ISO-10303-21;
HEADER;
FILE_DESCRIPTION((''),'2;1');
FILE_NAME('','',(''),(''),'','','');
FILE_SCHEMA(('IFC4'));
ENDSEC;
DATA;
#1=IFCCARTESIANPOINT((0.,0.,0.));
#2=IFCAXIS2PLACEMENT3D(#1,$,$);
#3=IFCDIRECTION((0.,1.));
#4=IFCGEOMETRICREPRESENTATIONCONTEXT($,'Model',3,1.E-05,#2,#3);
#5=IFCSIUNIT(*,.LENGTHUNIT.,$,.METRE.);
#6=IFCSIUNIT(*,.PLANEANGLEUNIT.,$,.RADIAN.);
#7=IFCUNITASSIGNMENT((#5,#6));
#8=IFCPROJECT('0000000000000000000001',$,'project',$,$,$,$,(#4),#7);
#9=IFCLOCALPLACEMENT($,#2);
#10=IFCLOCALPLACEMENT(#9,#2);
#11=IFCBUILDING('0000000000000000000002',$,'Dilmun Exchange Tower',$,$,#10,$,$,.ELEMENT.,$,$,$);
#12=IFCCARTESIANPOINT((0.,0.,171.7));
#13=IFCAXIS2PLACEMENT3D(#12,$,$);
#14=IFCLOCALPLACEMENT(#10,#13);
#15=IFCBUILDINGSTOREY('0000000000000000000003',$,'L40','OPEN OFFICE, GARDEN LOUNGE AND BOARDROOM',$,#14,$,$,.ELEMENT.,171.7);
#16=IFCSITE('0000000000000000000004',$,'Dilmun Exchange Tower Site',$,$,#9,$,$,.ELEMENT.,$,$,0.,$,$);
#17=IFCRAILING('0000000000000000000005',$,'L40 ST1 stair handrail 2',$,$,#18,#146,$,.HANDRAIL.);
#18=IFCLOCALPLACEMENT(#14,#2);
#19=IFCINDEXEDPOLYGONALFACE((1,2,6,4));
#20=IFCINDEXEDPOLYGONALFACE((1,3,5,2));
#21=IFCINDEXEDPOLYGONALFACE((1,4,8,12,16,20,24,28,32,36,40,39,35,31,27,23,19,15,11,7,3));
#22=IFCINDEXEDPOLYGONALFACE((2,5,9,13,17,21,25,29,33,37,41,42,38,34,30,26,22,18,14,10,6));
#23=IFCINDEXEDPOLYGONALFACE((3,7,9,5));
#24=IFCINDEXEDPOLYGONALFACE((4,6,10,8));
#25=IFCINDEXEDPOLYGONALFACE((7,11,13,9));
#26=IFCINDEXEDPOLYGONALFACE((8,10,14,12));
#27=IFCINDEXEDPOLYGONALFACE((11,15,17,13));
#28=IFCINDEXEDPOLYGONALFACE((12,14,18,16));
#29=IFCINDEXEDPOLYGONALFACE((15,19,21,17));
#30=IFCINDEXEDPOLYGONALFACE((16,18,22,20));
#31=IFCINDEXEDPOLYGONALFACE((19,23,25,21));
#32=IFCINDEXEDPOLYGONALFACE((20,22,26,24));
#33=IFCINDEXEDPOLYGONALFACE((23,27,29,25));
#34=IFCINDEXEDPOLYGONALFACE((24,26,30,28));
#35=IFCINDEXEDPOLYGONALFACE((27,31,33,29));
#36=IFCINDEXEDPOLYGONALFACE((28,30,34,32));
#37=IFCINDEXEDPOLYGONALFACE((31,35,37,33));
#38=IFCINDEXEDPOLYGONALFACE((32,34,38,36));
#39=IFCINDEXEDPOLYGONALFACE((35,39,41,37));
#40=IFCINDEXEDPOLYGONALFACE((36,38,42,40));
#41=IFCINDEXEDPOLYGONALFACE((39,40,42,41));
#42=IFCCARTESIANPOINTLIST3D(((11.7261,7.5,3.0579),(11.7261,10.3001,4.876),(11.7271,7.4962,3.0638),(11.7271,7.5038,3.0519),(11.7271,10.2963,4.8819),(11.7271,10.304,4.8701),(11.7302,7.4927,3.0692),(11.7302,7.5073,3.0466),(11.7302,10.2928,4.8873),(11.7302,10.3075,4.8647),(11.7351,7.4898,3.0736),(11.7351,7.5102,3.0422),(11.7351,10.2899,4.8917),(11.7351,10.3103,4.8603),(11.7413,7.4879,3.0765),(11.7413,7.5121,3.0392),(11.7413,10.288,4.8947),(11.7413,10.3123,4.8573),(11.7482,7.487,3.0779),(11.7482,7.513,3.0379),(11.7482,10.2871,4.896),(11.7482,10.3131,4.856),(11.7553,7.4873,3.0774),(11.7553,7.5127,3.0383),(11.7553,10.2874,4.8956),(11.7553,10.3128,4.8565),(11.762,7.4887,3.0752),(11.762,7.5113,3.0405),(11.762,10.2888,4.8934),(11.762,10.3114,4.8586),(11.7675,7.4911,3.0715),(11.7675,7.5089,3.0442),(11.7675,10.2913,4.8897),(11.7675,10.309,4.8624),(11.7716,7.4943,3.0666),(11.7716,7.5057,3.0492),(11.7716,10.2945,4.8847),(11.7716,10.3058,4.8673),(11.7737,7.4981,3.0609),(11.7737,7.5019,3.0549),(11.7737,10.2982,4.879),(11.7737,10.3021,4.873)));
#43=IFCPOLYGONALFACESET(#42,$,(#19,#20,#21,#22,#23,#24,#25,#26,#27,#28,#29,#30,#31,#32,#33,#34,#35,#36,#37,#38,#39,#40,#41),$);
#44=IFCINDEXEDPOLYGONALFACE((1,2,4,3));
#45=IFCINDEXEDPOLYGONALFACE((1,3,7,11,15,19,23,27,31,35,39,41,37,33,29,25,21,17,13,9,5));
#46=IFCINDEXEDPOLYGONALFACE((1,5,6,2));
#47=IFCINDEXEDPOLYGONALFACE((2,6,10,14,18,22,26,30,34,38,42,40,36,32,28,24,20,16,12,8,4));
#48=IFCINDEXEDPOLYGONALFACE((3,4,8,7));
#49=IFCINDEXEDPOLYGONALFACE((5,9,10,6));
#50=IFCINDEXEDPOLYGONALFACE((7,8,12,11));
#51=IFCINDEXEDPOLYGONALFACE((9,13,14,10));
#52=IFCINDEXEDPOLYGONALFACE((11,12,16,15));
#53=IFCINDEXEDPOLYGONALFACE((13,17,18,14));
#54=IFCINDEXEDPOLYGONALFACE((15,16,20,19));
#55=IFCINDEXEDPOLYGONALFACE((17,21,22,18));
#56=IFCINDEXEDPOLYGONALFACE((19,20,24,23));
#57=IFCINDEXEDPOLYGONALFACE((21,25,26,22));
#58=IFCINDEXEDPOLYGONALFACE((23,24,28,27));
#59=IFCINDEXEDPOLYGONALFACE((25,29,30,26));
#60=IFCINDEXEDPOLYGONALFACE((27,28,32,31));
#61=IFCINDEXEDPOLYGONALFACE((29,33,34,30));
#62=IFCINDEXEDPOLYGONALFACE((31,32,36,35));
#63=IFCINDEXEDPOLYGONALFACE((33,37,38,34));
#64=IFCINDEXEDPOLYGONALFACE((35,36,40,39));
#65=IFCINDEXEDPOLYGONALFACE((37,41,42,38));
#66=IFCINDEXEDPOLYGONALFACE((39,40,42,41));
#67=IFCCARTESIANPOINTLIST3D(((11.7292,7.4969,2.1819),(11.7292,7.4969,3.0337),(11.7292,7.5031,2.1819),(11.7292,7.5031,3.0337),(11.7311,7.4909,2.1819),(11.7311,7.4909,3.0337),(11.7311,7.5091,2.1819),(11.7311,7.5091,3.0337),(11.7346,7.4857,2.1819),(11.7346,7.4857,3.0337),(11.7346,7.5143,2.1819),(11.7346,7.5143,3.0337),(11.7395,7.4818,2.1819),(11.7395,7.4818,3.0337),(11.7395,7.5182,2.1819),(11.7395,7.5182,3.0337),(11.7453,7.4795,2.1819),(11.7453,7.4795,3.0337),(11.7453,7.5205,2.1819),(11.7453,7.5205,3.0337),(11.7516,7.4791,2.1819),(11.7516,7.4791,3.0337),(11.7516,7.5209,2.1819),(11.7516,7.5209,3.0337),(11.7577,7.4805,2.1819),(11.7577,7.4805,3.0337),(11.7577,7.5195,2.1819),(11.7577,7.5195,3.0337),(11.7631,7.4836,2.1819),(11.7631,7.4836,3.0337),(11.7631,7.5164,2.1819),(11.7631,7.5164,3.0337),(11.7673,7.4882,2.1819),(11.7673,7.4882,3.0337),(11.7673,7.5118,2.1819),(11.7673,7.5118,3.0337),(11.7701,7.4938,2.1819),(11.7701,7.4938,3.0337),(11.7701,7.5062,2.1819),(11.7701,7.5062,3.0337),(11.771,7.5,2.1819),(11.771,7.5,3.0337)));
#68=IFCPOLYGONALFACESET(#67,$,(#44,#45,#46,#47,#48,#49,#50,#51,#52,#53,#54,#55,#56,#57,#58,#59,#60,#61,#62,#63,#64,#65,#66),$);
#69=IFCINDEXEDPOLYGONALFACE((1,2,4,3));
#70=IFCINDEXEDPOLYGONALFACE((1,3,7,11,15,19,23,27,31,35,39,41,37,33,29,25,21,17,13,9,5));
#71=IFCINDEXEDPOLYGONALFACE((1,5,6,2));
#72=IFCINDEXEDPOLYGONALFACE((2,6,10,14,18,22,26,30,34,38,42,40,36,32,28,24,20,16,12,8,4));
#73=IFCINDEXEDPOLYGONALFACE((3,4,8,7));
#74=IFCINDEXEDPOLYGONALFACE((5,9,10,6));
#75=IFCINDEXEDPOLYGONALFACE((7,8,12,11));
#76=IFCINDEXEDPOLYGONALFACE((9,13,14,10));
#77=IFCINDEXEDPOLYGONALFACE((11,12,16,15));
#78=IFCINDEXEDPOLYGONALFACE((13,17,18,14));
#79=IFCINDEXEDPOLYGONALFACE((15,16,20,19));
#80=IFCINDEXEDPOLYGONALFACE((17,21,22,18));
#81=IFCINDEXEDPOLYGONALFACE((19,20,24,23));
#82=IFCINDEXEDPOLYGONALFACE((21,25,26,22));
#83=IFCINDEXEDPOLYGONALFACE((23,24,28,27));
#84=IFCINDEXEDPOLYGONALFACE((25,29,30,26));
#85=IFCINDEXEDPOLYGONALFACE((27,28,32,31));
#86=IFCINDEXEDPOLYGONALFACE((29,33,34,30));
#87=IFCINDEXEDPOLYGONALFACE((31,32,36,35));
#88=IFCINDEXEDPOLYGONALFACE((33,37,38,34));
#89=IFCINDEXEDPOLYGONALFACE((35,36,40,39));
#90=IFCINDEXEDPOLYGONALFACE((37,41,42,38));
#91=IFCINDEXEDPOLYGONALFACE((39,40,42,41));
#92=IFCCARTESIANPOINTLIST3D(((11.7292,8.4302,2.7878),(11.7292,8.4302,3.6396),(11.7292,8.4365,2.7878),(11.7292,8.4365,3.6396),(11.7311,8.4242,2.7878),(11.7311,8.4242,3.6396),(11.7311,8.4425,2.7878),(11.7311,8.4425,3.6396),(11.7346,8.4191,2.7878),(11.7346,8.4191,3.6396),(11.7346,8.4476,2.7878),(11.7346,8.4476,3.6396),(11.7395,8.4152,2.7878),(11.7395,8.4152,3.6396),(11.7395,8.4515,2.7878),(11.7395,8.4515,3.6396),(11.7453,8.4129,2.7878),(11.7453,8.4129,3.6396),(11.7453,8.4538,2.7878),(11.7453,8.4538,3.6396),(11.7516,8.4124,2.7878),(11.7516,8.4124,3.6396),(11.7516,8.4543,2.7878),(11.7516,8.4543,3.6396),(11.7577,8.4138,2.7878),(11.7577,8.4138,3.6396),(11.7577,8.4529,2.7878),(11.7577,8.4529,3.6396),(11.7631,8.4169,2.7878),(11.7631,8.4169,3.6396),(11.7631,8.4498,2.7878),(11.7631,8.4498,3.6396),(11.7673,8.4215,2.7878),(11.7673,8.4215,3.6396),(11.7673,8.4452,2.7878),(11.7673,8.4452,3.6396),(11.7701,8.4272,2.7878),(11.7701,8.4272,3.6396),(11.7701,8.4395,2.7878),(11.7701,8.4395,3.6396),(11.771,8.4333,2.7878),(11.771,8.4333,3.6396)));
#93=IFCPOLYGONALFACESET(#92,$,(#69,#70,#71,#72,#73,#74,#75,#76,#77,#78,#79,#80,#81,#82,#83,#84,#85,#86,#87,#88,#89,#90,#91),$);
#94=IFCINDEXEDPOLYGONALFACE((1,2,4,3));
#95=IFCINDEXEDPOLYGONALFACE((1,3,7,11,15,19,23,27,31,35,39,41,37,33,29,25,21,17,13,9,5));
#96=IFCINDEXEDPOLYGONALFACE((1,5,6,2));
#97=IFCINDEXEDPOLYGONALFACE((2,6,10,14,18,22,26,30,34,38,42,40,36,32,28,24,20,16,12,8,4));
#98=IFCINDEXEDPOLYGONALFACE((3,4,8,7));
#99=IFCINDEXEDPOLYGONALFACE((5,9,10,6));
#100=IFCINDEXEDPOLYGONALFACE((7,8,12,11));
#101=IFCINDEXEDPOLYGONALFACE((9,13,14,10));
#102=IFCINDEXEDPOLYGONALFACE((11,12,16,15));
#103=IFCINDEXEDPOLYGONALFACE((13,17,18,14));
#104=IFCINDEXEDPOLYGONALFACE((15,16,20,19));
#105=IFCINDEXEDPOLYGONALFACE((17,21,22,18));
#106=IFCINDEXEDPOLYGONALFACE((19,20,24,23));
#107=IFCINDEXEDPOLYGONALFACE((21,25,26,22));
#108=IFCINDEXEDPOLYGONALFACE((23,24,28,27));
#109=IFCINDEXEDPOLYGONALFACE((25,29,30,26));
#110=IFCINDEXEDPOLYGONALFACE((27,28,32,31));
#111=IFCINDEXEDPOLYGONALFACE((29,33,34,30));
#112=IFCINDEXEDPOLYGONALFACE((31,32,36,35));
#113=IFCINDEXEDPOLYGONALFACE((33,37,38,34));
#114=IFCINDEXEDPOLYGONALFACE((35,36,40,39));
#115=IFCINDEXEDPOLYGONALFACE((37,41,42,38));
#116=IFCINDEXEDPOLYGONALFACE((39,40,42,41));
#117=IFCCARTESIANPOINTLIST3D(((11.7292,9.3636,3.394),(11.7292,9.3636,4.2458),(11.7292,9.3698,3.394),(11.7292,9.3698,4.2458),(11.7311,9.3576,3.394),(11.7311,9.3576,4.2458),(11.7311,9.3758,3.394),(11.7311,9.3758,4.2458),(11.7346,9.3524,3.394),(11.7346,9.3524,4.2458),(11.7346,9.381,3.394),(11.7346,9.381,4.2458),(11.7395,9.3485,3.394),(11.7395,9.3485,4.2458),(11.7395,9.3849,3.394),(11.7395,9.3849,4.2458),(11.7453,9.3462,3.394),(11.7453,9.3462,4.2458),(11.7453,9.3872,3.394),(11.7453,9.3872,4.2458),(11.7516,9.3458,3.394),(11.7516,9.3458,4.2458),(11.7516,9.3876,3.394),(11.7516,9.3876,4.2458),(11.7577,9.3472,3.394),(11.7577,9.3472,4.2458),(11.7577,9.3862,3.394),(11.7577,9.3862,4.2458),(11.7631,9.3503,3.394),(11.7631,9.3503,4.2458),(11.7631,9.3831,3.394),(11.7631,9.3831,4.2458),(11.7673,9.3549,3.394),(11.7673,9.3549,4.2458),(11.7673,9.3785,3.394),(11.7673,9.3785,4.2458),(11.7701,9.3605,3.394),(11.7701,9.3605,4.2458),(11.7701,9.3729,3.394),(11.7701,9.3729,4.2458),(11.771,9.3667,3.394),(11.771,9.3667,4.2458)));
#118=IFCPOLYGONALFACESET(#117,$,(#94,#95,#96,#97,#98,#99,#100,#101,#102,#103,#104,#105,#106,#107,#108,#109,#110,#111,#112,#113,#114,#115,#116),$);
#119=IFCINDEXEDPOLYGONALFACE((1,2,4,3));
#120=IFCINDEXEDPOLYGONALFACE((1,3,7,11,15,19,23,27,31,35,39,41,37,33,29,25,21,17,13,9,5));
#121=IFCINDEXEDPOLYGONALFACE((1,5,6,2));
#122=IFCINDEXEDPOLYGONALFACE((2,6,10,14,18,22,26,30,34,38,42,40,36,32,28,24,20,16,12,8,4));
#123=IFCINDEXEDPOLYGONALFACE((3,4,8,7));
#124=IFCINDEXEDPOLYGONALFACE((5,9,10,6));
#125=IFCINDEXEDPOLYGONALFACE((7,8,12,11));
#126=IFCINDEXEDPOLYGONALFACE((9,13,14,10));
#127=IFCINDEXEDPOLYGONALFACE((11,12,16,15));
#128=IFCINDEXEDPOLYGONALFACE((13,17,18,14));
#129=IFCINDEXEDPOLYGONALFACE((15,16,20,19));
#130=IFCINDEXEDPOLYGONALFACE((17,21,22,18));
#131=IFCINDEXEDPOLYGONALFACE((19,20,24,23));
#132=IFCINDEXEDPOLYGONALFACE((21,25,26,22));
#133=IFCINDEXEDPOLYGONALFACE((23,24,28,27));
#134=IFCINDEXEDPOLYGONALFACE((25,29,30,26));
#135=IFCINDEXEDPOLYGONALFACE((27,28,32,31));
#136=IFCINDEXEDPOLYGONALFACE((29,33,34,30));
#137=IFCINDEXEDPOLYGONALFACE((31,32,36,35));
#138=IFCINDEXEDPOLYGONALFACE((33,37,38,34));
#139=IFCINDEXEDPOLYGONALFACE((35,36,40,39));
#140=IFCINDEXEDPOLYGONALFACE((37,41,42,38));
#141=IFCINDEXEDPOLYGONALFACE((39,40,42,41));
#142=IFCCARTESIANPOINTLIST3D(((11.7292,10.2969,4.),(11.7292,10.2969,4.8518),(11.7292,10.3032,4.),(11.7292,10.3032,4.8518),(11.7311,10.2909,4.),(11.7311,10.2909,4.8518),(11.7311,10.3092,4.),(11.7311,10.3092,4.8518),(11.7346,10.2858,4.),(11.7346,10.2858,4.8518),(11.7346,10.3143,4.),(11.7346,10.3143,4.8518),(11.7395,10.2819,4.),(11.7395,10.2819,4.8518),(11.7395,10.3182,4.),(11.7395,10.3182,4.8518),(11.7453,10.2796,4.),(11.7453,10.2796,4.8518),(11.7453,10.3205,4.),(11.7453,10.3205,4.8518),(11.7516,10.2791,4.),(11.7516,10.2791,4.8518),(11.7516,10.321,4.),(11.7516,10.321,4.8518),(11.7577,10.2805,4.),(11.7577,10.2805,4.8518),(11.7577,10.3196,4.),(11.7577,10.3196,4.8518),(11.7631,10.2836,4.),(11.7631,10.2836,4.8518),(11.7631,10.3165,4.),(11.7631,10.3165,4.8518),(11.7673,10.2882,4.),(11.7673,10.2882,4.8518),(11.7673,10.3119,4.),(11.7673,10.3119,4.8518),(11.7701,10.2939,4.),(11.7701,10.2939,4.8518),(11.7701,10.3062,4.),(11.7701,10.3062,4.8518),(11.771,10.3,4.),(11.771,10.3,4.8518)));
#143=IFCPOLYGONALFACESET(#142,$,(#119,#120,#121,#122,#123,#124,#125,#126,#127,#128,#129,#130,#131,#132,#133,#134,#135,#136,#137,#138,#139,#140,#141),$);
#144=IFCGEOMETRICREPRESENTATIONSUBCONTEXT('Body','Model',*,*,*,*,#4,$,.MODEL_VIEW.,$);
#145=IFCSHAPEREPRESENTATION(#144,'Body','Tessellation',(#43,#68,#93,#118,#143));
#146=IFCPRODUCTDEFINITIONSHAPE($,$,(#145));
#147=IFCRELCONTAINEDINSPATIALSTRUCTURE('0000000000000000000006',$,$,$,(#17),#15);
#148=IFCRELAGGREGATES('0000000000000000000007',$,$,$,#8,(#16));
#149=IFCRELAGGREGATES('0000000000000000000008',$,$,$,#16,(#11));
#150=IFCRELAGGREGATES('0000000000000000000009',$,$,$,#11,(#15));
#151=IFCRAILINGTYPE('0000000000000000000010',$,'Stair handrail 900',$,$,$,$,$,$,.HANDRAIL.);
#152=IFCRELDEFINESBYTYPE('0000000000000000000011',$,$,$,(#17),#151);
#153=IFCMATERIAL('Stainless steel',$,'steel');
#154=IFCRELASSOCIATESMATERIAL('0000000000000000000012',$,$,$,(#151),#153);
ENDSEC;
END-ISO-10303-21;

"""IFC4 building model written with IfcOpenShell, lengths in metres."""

from ifc_helpers import new_model, si_unit, direction, frame, origin, origin_2d, place, context, subcontext, project, spatial, circle, extrude, material, type_object, element, save


model = new_model("IFC4")

# Units and contexts
model_context = context("Model", 3, precision=1e-05, world=origin(), true_north=direction((0.0, 1.0)))
body_context = subcontext(model_context, "Body", "Model", "MODEL_VIEW")
ifc_project = project(units=[si_unit("LENGTHUNIT", "METRE"), si_unit("PLANEANGLEUNIT", "RADIAN")], contexts=[model_context])

# Site, building, storey
site_placement = place(None, origin())
site = spatial("IfcSite", under=ifc_project, at=site_placement, Name="Dilmun Exchange Tower Site", CompositionType="ELEMENT", RefElevation=0.0)
building_placement = place(site_placement, origin())
building = spatial("IfcBuilding", under=site, at=building_placement, Name="Dilmun Exchange Tower", CompositionType="ELEMENT")
storey_placement = place(building_placement, frame((0.0, 0.0, 171.7)))
storey = spatial("IfcBuildingStorey", under=building, at=storey_placement, Name="L40", Description="OPEN OFFICE, GARDEN LOUNGE AND BOARDROOM", CompositionType="ELEMENT", Elevation=171.7)

# Railing
ifc_material_1 = material(Name="Stainless steel", Category="steel")
railing_type = type_object("IfcRailingType", Name="Stair handrail 900", PredefinedType="HANDRAIL", material=ifc_material_1)
railing_1_placement = place(storey_placement, frame((11.75, 7.5, 2.1819)))
element("IfcRailing", 1, at=railing_1_placement, inside=storey, type_object=railing_type, Name="L40 ST1 stair handrail 2", PredefinedType="HANDRAIL", context=body_context, shape_type="SweptSolid", body=[
    extrude(circle(Radius=0.0239, at=origin_2d()), frame((0.0, 0.0, 0.876), z_axis=(0.0, 0.838706, 0.544585), x_axis=(-1.0, 0.0, 0.0)), (0.0, 0.0, 1.0), 3.3386),
    extrude(circle(Radius=0.021, at=origin_2d()), origin(), (0.0, 0.0, 1.0), 0.8518),
    extrude(circle(Radius=0.021, at=origin_2d()), frame((0.0, 0.9333, 0.606)), (0.0, 0.0, 1.0), 0.8518),
    extrude(circle(Radius=0.021, at=origin_2d()), frame((0.0, 1.8667, 1.2122)), (0.0, 0.0, 1.0), 0.8518),
    extrude(circle(Radius=0.021, at=origin_2d()), frame((0.0, 2.8, 1.8181)), (0.0, 0.0, 1.0), 0.8518),
])

save(model, "model.ifc")
